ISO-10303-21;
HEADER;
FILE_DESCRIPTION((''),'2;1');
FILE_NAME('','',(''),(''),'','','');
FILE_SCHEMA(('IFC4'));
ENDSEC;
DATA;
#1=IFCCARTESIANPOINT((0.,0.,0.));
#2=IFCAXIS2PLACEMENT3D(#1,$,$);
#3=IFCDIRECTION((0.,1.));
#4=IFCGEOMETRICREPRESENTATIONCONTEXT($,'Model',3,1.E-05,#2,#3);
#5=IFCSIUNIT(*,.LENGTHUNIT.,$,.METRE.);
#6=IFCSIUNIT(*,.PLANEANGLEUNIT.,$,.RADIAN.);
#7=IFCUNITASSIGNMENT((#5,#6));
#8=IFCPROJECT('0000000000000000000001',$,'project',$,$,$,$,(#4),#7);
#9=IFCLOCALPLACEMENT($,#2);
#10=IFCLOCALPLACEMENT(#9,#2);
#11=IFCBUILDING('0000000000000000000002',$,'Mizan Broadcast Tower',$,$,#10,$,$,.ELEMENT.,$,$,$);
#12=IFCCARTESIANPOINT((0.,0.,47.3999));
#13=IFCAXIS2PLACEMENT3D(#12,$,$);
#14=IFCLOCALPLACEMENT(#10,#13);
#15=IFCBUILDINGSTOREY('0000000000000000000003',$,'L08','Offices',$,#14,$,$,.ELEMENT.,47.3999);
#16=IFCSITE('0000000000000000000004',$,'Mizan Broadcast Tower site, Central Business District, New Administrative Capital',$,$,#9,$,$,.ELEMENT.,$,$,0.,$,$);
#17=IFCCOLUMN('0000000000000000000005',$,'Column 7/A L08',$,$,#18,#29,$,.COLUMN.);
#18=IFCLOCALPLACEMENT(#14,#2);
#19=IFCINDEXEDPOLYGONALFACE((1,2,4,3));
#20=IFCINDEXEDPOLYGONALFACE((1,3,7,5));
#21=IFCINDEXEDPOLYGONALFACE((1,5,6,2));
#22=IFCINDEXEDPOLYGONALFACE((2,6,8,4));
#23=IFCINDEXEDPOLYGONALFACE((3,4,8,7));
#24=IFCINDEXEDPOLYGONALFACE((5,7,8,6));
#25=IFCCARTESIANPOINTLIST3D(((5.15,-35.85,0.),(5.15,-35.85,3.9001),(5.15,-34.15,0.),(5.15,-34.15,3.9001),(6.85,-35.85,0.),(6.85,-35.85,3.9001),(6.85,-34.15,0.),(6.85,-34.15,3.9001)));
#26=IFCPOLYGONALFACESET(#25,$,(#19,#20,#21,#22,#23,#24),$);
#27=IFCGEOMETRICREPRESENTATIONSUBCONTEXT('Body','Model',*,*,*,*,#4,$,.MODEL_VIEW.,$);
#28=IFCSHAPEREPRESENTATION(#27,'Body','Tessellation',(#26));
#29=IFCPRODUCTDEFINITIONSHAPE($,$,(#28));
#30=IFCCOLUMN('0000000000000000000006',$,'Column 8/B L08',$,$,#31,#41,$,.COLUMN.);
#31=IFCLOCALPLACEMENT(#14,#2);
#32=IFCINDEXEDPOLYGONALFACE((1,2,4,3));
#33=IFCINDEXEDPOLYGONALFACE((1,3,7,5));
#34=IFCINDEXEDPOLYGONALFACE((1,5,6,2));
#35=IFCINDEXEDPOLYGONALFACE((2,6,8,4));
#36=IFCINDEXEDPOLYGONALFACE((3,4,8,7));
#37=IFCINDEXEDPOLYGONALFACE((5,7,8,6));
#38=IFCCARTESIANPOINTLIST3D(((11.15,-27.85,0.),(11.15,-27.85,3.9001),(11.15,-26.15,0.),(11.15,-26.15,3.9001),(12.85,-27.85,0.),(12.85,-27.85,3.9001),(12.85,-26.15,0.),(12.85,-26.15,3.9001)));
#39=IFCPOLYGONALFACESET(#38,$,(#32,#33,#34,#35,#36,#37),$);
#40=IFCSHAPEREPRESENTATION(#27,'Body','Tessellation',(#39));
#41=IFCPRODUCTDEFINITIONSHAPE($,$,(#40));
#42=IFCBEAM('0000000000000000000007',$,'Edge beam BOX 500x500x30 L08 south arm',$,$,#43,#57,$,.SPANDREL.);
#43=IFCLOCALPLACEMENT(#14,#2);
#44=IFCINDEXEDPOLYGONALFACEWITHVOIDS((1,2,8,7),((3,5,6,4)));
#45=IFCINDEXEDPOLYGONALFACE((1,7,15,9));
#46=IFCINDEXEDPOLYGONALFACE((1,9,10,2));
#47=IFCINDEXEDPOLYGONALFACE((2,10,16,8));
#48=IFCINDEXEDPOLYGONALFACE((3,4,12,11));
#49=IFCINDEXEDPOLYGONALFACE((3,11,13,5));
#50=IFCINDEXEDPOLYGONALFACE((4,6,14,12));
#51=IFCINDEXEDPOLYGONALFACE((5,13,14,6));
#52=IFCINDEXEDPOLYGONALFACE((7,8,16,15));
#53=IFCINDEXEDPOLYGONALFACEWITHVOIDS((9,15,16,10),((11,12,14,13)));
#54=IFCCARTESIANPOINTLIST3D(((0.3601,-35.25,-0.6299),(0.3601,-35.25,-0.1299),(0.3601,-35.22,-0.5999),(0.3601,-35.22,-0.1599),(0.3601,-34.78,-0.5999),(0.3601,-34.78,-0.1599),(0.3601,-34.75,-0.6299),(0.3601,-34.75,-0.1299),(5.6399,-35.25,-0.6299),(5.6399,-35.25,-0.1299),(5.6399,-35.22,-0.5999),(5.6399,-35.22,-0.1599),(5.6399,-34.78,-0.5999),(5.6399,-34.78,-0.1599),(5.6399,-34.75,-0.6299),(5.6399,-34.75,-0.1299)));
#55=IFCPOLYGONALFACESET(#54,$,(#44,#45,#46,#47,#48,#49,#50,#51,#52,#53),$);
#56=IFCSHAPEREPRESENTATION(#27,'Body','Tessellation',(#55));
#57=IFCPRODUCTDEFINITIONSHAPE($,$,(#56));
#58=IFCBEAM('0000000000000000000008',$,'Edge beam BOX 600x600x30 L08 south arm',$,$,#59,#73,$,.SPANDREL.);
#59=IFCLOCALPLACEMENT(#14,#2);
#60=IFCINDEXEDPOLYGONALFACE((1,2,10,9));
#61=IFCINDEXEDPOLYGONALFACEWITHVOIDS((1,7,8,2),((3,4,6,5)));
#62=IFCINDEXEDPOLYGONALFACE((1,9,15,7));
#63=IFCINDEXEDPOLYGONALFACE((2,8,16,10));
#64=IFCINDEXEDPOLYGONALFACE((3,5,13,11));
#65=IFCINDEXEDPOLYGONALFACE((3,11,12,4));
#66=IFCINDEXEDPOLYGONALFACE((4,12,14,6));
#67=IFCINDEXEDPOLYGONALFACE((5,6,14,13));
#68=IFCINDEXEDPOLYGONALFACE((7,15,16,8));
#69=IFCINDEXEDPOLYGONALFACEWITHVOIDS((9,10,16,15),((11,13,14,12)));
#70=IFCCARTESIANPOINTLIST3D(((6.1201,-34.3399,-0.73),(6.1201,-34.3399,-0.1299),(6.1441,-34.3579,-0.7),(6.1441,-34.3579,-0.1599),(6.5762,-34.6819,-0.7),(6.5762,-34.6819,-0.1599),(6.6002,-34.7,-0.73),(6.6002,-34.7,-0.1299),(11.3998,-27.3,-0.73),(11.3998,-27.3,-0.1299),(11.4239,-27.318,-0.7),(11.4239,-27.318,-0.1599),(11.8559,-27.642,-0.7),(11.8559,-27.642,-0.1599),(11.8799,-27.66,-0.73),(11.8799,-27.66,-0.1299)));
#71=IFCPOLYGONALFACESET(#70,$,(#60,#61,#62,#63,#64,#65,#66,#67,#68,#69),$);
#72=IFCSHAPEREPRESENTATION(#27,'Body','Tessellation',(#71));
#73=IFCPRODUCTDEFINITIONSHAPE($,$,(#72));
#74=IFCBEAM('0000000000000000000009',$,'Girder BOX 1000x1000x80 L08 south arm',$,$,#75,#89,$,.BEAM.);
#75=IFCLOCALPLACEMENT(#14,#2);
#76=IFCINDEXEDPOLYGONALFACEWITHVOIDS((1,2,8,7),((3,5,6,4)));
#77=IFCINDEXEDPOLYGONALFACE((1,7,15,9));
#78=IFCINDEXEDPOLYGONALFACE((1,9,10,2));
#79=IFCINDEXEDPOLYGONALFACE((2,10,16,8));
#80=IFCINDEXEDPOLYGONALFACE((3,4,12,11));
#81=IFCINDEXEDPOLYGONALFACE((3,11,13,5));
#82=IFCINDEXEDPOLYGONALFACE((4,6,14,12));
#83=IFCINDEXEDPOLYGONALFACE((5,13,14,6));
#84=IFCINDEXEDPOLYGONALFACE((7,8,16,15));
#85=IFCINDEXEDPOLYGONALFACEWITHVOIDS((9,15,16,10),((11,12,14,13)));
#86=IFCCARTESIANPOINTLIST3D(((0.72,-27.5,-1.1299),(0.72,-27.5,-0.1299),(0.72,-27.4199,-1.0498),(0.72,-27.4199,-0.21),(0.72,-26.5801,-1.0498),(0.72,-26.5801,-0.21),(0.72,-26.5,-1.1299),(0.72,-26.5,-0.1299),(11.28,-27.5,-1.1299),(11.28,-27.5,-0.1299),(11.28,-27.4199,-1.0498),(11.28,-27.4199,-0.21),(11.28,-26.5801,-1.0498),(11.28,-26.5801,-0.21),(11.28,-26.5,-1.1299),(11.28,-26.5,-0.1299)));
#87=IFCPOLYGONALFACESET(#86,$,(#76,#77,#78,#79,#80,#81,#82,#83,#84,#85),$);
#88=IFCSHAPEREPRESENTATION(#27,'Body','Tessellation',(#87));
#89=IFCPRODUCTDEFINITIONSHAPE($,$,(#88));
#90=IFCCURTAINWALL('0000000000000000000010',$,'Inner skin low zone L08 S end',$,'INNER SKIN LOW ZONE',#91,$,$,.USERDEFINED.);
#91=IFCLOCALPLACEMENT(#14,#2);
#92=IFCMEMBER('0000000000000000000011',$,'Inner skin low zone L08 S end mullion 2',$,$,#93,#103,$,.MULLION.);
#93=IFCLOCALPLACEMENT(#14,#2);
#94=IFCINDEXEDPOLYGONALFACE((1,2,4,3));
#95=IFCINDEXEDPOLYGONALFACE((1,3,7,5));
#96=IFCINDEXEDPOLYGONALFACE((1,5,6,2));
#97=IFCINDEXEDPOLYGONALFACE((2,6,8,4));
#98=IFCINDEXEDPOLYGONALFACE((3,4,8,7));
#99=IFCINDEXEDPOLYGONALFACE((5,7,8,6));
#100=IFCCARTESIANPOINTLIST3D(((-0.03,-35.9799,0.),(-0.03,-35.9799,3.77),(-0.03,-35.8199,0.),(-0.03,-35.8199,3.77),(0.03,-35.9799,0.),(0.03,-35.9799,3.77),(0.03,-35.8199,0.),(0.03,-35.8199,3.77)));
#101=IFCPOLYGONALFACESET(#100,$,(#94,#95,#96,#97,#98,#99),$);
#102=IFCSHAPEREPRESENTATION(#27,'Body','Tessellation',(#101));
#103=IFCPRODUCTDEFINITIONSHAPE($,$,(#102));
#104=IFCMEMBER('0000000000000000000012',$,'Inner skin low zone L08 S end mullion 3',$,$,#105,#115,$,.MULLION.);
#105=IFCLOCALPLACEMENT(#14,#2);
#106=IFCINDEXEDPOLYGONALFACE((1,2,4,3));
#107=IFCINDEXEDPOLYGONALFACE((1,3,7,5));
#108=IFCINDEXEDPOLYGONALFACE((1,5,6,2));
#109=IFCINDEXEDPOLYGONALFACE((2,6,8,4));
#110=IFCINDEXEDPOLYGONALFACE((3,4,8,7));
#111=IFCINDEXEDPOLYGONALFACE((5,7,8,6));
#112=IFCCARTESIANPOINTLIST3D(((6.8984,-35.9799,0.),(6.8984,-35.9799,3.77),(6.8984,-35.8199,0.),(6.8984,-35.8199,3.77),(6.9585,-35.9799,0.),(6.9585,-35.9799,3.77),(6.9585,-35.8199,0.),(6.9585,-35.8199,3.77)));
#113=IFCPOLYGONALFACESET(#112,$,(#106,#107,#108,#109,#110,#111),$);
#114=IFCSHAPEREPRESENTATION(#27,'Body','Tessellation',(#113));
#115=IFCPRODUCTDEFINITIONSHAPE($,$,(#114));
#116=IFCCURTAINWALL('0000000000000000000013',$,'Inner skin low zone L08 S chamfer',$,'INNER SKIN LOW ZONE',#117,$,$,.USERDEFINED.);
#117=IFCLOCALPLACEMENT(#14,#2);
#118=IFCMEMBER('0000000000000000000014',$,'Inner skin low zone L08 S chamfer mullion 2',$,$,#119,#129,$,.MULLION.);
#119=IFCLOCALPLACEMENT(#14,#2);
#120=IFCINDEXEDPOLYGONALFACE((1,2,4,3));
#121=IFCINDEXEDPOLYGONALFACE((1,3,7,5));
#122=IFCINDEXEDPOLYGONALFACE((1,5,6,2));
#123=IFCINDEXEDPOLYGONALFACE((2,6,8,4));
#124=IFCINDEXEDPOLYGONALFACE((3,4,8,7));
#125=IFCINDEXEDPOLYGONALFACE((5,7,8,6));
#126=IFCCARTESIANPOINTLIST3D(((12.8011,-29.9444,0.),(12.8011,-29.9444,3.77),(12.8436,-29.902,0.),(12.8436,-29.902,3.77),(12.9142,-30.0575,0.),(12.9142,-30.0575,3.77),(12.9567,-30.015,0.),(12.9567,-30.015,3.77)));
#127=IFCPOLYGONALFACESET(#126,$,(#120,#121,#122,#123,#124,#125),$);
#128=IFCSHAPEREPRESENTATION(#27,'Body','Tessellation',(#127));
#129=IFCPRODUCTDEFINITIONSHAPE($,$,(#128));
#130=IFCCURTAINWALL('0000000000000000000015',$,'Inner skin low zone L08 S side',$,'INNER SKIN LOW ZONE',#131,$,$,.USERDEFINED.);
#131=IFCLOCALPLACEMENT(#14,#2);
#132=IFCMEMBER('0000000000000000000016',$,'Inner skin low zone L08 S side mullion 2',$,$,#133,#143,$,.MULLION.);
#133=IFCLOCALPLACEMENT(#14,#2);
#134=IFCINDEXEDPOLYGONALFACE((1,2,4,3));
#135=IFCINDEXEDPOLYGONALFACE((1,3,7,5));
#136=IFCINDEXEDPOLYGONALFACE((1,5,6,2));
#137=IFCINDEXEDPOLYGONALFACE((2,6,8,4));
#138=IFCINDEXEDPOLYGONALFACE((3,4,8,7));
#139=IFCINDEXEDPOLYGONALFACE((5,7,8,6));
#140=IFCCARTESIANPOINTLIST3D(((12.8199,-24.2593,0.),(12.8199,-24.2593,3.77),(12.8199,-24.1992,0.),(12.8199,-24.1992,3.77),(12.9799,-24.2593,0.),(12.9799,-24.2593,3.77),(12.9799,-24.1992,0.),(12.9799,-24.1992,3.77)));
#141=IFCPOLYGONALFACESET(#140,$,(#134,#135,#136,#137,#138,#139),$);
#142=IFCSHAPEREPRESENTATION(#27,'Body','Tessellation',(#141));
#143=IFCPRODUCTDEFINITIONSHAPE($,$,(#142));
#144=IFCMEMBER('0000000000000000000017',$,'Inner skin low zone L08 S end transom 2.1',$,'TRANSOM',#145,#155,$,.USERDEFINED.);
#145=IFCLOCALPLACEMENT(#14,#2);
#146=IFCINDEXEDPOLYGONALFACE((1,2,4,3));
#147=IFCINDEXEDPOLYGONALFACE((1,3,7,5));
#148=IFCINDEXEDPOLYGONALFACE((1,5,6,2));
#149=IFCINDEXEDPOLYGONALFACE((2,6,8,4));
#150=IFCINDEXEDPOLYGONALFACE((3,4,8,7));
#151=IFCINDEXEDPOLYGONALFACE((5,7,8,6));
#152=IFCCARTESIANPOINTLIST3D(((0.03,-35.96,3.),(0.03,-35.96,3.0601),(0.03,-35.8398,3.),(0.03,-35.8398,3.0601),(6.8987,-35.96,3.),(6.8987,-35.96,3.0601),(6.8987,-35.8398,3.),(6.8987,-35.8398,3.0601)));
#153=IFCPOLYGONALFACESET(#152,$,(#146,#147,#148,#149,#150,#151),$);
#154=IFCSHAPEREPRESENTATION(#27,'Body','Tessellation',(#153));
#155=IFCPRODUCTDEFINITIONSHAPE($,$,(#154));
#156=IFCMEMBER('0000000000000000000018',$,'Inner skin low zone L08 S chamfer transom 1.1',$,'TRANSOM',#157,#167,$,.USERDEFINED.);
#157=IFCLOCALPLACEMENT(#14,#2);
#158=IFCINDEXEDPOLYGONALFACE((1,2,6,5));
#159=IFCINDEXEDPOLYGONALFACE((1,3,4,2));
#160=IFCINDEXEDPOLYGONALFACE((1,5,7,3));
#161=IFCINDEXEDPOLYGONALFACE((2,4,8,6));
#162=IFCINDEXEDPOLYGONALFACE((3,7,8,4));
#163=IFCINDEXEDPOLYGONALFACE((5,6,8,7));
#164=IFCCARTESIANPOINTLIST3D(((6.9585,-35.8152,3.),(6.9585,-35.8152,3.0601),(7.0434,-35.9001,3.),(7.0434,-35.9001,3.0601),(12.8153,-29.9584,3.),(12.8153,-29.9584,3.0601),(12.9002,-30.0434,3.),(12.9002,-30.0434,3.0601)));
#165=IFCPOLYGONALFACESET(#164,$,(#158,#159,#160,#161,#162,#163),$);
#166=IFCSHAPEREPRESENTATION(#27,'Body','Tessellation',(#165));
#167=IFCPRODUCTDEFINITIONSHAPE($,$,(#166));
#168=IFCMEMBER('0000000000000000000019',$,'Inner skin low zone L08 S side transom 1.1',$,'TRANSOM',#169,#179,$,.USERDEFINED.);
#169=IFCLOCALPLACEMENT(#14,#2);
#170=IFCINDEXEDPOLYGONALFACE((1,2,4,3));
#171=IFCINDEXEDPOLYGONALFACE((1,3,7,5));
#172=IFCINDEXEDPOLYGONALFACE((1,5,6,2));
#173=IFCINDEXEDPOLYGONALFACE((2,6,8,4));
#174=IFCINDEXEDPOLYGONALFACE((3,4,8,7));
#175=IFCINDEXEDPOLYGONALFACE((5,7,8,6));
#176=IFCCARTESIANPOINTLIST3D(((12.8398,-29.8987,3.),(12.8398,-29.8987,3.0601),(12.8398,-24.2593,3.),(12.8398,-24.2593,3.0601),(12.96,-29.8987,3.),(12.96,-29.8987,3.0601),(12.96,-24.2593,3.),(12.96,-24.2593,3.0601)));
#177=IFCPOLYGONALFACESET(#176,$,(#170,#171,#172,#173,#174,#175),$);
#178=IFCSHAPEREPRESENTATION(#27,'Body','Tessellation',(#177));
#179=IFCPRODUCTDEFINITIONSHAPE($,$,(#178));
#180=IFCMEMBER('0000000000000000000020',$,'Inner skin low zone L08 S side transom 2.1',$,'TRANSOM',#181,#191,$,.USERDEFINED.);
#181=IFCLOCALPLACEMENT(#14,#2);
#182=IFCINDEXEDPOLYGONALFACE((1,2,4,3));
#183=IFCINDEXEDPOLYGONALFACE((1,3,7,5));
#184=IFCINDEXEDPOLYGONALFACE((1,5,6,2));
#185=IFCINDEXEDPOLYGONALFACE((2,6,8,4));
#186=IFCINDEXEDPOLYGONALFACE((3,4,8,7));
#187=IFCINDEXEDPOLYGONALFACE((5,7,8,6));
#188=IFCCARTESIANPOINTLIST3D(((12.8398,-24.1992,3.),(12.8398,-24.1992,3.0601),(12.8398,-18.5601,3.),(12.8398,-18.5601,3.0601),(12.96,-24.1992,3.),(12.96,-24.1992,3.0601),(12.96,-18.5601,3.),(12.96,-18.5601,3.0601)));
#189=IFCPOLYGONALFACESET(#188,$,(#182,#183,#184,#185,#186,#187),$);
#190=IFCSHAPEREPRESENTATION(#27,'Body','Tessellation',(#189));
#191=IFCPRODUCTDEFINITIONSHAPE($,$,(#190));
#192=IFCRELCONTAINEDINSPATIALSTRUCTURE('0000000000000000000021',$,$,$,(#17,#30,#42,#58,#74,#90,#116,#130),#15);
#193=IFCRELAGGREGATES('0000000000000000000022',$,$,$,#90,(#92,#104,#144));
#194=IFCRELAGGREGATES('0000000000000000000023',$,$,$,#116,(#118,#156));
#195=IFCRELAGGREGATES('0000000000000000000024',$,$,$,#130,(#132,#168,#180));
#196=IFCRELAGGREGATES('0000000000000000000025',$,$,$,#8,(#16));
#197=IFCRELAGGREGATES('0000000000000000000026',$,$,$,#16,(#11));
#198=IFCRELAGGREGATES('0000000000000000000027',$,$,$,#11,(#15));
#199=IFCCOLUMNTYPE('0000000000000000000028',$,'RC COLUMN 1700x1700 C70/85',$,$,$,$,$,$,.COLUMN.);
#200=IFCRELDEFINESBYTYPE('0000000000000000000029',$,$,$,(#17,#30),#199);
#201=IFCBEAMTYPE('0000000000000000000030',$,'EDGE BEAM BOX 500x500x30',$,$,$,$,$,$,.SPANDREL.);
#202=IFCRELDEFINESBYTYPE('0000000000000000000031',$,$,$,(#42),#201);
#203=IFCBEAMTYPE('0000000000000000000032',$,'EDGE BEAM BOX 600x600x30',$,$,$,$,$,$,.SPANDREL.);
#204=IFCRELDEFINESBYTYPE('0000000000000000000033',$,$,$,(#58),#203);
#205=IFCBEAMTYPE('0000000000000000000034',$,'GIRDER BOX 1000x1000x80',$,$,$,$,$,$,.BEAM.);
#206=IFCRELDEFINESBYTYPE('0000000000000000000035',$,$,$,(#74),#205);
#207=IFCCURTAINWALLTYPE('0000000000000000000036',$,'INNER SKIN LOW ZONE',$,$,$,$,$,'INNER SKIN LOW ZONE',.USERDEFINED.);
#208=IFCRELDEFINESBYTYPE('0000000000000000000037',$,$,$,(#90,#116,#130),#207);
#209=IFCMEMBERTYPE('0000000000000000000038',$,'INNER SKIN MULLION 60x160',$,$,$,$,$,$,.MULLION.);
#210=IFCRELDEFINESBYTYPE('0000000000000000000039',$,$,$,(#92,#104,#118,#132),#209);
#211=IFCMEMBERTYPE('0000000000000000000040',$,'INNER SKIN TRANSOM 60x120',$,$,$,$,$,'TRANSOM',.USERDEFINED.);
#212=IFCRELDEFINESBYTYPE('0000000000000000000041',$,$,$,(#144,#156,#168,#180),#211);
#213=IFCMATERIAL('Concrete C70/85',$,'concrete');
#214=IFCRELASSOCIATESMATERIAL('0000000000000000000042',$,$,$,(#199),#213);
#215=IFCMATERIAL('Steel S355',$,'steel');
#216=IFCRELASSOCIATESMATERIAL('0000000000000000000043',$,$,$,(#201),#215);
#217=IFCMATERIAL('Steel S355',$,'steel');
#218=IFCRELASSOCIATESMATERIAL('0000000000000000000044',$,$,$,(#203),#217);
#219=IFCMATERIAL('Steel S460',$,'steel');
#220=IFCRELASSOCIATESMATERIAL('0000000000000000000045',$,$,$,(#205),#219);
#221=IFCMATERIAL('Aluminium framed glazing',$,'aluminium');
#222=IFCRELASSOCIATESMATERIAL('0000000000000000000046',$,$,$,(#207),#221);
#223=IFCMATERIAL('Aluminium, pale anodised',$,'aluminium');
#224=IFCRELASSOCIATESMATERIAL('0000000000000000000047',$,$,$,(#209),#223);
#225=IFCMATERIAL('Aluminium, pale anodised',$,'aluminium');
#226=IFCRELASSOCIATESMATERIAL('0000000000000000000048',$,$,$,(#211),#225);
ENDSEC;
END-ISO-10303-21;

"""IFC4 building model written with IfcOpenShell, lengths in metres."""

from ifc_helpers import new_model, si_unit, direction, frame, origin, origin_2d, place, context, subcontext, project, spatial, rectangle, hollow_rectangle, extrude, material, material_profile, profile_set, type_object, element, aggregate, save


model = new_model("IFC4")

# Units and contexts
model_context = context("Model", 3, precision=1e-05, world=origin(), true_north=direction((0.0, 1.0)))
body_context = subcontext(model_context, "Body", "Model", "MODEL_VIEW")
ifc_project = project(units=[si_unit("LENGTHUNIT", "METRE"), si_unit("PLANEANGLEUNIT", "RADIAN")], contexts=[model_context])

# Site, building, storey
site_placement = place(None, origin())
site = spatial("IfcSite", under=ifc_project, at=site_placement, Name="Mizan Broadcast Tower site, Central Business District, New Administrative Capital", CompositionType="ELEMENT", RefElevation=0.0)
building_placement = place(site_placement, origin())
building = spatial("IfcBuilding", under=site, at=building_placement, Name="Mizan Broadcast Tower", CompositionType="ELEMENT")
storey_placement = place(building_placement, frame((0.0, 0.0, 47.3999)))
storey = spatial("IfcBuildingStorey", under=building, at=storey_placement, Name="L08", Description="Offices", CompositionType="ELEMENT", Elevation=47.3999)

# Columns
ifc_material_1 = material(Name="Concrete C70/85", Category="concrete")
ifc_material_profile_1 = material_profile(ifc_material_1, rectangle(XDim=1.7, YDim=1.7, at=origin_2d()), Name="RC 1700x1700")
ifc_profile_set_1 = profile_set([ifc_material_profile_1], Name="Concrete C70/85")
column_type = type_object("IfcColumnType", Name="RC COLUMN 1700x1700 C70/85", PredefinedType="COLUMN", material=ifc_profile_set_1)
for number, where, z_axis, x_axis, name in (
    (1, (6.0, -35.0, 0.0), (0.0, 0.0, 1.0), (1.0, 0.0, 0.0), "Column 7/A L08"),
    (2, (12.0, -27.0, 0.0), (0.0, 0.0, 1.0), (1.0, 0.0, 0.0), "Column 8/B L08"),
):
    element("IfcColumn", number, at=place(storey_placement, frame(where, z_axis=z_axis, x_axis=x_axis)), inside=storey, type_object=column_type, Name=name, PredefinedType="COLUMN", context=body_context, shape_type="SweptSolid", body=[
        extrude(rectangle(XDim=1.7, YDim=1.7, at=origin_2d()), origin(), (0.0, 0.0, 1.0), 3.9001),
    ])

# Beams
ifc_material_2 = material(Name="Steel S355", Category="steel")
ifc_material_profile_2 = material_profile(ifc_material_2, hollow_rectangle(XDim=0.5, YDim=0.5, WallThickness=0.03, at=origin_2d()), Name="BOX 500x500x30")
ifc_profile_set_2 = profile_set([ifc_material_profile_2], Name="Steel S355")
beam_type_1 = type_object("IfcBeamType", Name="EDGE BEAM BOX 500x500x30", PredefinedType="SPANDREL", material=ifc_profile_set_2)
beam_1_placement = place(storey_placement, frame((5.6399, -35.0, -0.3799), z_axis=(-1.0, 0.0, 0.0), x_axis=(0.0, -1.0, 0.0)))
element("IfcBeam", 3, at=beam_1_placement, inside=storey, type_object=beam_type_1, Name="Edge beam BOX 500x500x30 L08 south arm", PredefinedType="SPANDREL", context=body_context, shape_type="SweptSolid", body=[
    extrude(hollow_rectangle(XDim=0.5, YDim=0.5, WallThickness=0.03, at=origin_2d()), origin(), (0.0, 0.0, 1.0), 5.2798),
])
ifc_material_3 = material(Name="Steel S355", Category="steel")
ifc_material_profile_3 = material_profile(ifc_material_3, hollow_rectangle(XDim=0.6001, YDim=0.6001, WallThickness=0.03, at=origin_2d()), Name="BOX 600x600x30")
ifc_profile_set_3 = profile_set([ifc_material_profile_3], Name="Steel S355")
beam_type_2 = type_object("IfcBeamType", Name="EDGE BEAM BOX 600x600x30", PredefinedType="SPANDREL", material=ifc_profile_set_3)
beam_2_placement = place(storey_placement, frame((11.6399, -27.48, -0.4299), z_axis=(-0.599982, -0.800013, 0.0), x_axis=(0.800013, -0.599982, 0.0)))
element("IfcBeam", 4, at=beam_2_placement, inside=storey, type_object=beam_type_2, Name="Edge beam BOX 600x600x30 L08 south arm", PredefinedType="SPANDREL", context=body_context, shape_type="SweptSolid", body=[
    extrude(hollow_rectangle(XDim=0.6001, YDim=0.6001, WallThickness=0.03, at=origin_2d()), origin(), (0.0, 0.0, 1.0), 8.7998),
])
ifc_material_4 = material(Name="Steel S460", Category="steel")
ifc_material_profile_4 = material_profile(ifc_material_4, hollow_rectangle(XDim=1.0, YDim=1.0, WallThickness=0.0801, at=origin_2d()), Name="BOX 1000x1000x80")
ifc_profile_set_4 = profile_set([ifc_material_profile_4], Name="Steel S460")
beam_type_3 = type_object("IfcBeamType", Name="GIRDER BOX 1000x1000x80", PredefinedType="BEAM", material=ifc_profile_set_4)
beam_3_placement = place(storey_placement, frame((11.28, -27.0, -0.6299), z_axis=(-1.0, 0.0, 0.0), x_axis=(0.0, -1.0, 0.0)))
element("IfcBeam", 5, at=beam_3_placement, inside=storey, type_object=beam_type_3, Name="Girder BOX 1000x1000x80 L08 south arm", PredefinedType="BEAM", context=body_context, shape_type="SweptSolid", body=[
    extrude(hollow_rectangle(XDim=1.0, YDim=1.0, WallThickness=0.0801, at=origin_2d()), origin(), (0.0, 0.0, 1.0), 10.5601),
])

# Curtain wall, members
ifc_material_5 = material(Name="Aluminium framed glazing", Category="aluminium")
curtain_wall_type_1 = type_object("IfcCurtainWallType", Name="INNER SKIN LOW ZONE", ElementType="INNER SKIN LOW ZONE", PredefinedType="USERDEFINED", material=ifc_material_5)
curtain_wall_1_placement = place(storey_placement, origin())
curtain_wall_1 = element("IfcCurtainWall", 6, at=curtain_wall_1_placement, inside=storey, type_object=curtain_wall_type_1, Name="Inner skin low zone L08 S end", ObjectType="INNER SKIN LOW ZONE", PredefinedType="USERDEFINED")
ifc_material_6 = material(Name="Aluminium, pale anodised", Category="aluminium")
ifc_material_profile_5 = material_profile(ifc_material_6, rectangle(XDim=0.1599, YDim=0.0601, at=origin_2d()), Name="MULLION 160x60")
ifc_profile_set_5 = profile_set([ifc_material_profile_5], Name="Aluminium, pale anodised")
member_type_1 = type_object("IfcMemberType", Name="INNER SKIN MULLION 60x160", PredefinedType="MULLION", material=ifc_profile_set_5)
member_1_placement = place(storey_placement, frame((0.0, -35.8999, 0.0), z_axis=(0.0, 0.0, 1.0), x_axis=(0.0, 1.0, 0.0)))
member_1 = element("IfcMember", 7, at=member_1_placement, type_object=member_type_1, Name="Inner skin low zone L08 S end mullion 2", PredefinedType="MULLION", context=body_context, shape_type="SweptSolid", body=[
    extrude(rectangle(XDim=0.1599, YDim=0.0601, at=origin_2d()), origin(), (0.0, 0.0, 1.0), 3.77),
])
member_2_placement = place(storey_placement, frame((6.9285, -35.8999, 0.0), z_axis=(0.0, 0.0, 1.0), x_axis=(0.0, 1.0, 0.0)))
member_2 = element("IfcMember", 8, at=member_2_placement, type_object=member_type_1, Name="Inner skin low zone L08 S end mullion 3", PredefinedType="MULLION", context=body_context, shape_type="SweptSolid", body=[
    extrude(rectangle(XDim=0.1599, YDim=0.0601, at=origin_2d()), origin(), (0.0, 0.0, 1.0), 3.77),
])

# Curtain walls, members
curtain_wall_2_placement = place(storey_placement, origin())
curtain_wall_2 = element("IfcCurtainWall", 9, at=curtain_wall_2_placement, inside=storey, type_object=curtain_wall_type_1, Name="Inner skin low zone L08 S chamfer", ObjectType="INNER SKIN LOW ZONE", PredefinedType="USERDEFINED")
member_3_placement = place(storey_placement, frame((12.8789, -29.9797, 0.0), z_axis=(0.0, 0.0, 1.0), x_axis=(-0.707107, 0.707107, 0.0)))
member_3 = element("IfcMember", 10, at=member_3_placement, type_object=member_type_1, Name="Inner skin low zone L08 S chamfer mullion 2", PredefinedType="MULLION", context=body_context, shape_type="SweptSolid", body=[
    extrude(rectangle(XDim=0.1599, YDim=0.0601, at=origin_2d()), origin(), (0.0, 0.0, 1.0), 3.77),
])
curtain_wall_3_placement = place(storey_placement, origin())
curtain_wall_3 = element("IfcCurtainWall", 11, at=curtain_wall_3_placement, inside=storey, type_object=curtain_wall_type_1, Name="Inner skin low zone L08 S side", ObjectType="INNER SKIN LOW ZONE", PredefinedType="USERDEFINED")
member_4_placement = place(storey_placement, frame((12.8999, -24.2292, 0.0), z_axis=(0.0, 0.0, 1.0), x_axis=(-1.0, 0.0, 0.0)))
member_4 = element("IfcMember", 12, at=member_4_placement, type_object=member_type_1, Name="Inner skin low zone L08 S side mullion 2", PredefinedType="MULLION", context=body_context, shape_type="SweptSolid", body=[
    extrude(rectangle(XDim=0.1599, YDim=0.0601, at=origin_2d()), origin(), (0.0, 0.0, 1.0), 3.77),
])

# Members
ifc_material_7 = material(Name="Aluminium, pale anodised", Category="aluminium")
ifc_material_profile_6 = material_profile(ifc_material_7, rectangle(XDim=0.1201, YDim=0.0601, at=origin_2d()), Name="TRANSOM 120x60")
ifc_profile_set_6 = profile_set([ifc_material_profile_6], Name="Aluminium, pale anodised")
member_type_2 = type_object("IfcMemberType", Name="INNER SKIN TRANSOM 60x120", ElementType="TRANSOM", PredefinedType="USERDEFINED", material=ifc_profile_set_6)
member_5_placement = place(storey_placement, frame((0.03, -35.8999, 3.03), z_axis=(1.0, 0.0, 0.0), x_axis=(0.0, 1.0, 0.0)))
member_5 = element("IfcMember", 13, at=member_5_placement, type_object=member_type_2, Name="Inner skin low zone L08 S end transom 2.1", ObjectType="TRANSOM", PredefinedType="USERDEFINED", context=body_context, shape_type="SweptSolid", body=[
    extrude(rectangle(XDim=0.1201, YDim=0.0601, at=origin_2d()), origin(), (0.0, 0.0, 1.0), 6.8687),
])
member_6_placement = place(storey_placement, frame((7.001, -35.8577, 3.03), z_axis=(0.707107, 0.707107, 0.0), x_axis=(-0.707107, 0.707107, 0.0)))
member_6 = element("IfcMember", 14, at=member_6_placement, type_object=member_type_2, Name="Inner skin low zone L08 S chamfer transom 1.1", ObjectType="TRANSOM", PredefinedType="USERDEFINED", context=body_context, shape_type="SweptSolid", body=[
    extrude(rectangle(XDim=0.1201, YDim=0.0601, at=origin_2d()), origin(), (0.0, 0.0, 1.0), 8.2827),
])
member_7_placement = place(storey_placement, frame((12.8999, -29.8987, 3.03), z_axis=(0.0, 1.0, 0.0), x_axis=(-1.0, 0.0, 0.0)))
member_7 = element("IfcMember", 15, at=member_7_placement, type_object=member_type_2, Name="Inner skin low zone L08 S side transom 1.1", ObjectType="TRANSOM", PredefinedType="USERDEFINED", context=body_context, shape_type="SweptSolid", body=[
    extrude(rectangle(XDim=0.1201, YDim=0.0601, at=origin_2d()), origin(), (0.0, 0.0, 1.0), 5.6394),
])
member_8_placement = place(storey_placement, frame((12.8999, -24.1992, 3.03), z_axis=(0.0, 1.0, 0.0), x_axis=(-1.0, 0.0, 0.0)))
member_8 = element("IfcMember", 16, at=member_8_placement, type_object=member_type_2, Name="Inner skin low zone L08 S side transom 2.1", ObjectType="TRANSOM", PredefinedType="USERDEFINED", context=body_context, shape_type="SweptSolid", body=[
    extrude(rectangle(XDim=0.1201, YDim=0.0601, at=origin_2d()), origin(), (0.0, 0.0, 1.0), 5.6392),
])

aggregate(curtain_wall_1, [member_1, member_2, member_5])
aggregate(curtain_wall_2, [member_3, member_6])
aggregate(curtain_wall_3, [member_4, member_7, member_8])

save(model, "model.ifc")
